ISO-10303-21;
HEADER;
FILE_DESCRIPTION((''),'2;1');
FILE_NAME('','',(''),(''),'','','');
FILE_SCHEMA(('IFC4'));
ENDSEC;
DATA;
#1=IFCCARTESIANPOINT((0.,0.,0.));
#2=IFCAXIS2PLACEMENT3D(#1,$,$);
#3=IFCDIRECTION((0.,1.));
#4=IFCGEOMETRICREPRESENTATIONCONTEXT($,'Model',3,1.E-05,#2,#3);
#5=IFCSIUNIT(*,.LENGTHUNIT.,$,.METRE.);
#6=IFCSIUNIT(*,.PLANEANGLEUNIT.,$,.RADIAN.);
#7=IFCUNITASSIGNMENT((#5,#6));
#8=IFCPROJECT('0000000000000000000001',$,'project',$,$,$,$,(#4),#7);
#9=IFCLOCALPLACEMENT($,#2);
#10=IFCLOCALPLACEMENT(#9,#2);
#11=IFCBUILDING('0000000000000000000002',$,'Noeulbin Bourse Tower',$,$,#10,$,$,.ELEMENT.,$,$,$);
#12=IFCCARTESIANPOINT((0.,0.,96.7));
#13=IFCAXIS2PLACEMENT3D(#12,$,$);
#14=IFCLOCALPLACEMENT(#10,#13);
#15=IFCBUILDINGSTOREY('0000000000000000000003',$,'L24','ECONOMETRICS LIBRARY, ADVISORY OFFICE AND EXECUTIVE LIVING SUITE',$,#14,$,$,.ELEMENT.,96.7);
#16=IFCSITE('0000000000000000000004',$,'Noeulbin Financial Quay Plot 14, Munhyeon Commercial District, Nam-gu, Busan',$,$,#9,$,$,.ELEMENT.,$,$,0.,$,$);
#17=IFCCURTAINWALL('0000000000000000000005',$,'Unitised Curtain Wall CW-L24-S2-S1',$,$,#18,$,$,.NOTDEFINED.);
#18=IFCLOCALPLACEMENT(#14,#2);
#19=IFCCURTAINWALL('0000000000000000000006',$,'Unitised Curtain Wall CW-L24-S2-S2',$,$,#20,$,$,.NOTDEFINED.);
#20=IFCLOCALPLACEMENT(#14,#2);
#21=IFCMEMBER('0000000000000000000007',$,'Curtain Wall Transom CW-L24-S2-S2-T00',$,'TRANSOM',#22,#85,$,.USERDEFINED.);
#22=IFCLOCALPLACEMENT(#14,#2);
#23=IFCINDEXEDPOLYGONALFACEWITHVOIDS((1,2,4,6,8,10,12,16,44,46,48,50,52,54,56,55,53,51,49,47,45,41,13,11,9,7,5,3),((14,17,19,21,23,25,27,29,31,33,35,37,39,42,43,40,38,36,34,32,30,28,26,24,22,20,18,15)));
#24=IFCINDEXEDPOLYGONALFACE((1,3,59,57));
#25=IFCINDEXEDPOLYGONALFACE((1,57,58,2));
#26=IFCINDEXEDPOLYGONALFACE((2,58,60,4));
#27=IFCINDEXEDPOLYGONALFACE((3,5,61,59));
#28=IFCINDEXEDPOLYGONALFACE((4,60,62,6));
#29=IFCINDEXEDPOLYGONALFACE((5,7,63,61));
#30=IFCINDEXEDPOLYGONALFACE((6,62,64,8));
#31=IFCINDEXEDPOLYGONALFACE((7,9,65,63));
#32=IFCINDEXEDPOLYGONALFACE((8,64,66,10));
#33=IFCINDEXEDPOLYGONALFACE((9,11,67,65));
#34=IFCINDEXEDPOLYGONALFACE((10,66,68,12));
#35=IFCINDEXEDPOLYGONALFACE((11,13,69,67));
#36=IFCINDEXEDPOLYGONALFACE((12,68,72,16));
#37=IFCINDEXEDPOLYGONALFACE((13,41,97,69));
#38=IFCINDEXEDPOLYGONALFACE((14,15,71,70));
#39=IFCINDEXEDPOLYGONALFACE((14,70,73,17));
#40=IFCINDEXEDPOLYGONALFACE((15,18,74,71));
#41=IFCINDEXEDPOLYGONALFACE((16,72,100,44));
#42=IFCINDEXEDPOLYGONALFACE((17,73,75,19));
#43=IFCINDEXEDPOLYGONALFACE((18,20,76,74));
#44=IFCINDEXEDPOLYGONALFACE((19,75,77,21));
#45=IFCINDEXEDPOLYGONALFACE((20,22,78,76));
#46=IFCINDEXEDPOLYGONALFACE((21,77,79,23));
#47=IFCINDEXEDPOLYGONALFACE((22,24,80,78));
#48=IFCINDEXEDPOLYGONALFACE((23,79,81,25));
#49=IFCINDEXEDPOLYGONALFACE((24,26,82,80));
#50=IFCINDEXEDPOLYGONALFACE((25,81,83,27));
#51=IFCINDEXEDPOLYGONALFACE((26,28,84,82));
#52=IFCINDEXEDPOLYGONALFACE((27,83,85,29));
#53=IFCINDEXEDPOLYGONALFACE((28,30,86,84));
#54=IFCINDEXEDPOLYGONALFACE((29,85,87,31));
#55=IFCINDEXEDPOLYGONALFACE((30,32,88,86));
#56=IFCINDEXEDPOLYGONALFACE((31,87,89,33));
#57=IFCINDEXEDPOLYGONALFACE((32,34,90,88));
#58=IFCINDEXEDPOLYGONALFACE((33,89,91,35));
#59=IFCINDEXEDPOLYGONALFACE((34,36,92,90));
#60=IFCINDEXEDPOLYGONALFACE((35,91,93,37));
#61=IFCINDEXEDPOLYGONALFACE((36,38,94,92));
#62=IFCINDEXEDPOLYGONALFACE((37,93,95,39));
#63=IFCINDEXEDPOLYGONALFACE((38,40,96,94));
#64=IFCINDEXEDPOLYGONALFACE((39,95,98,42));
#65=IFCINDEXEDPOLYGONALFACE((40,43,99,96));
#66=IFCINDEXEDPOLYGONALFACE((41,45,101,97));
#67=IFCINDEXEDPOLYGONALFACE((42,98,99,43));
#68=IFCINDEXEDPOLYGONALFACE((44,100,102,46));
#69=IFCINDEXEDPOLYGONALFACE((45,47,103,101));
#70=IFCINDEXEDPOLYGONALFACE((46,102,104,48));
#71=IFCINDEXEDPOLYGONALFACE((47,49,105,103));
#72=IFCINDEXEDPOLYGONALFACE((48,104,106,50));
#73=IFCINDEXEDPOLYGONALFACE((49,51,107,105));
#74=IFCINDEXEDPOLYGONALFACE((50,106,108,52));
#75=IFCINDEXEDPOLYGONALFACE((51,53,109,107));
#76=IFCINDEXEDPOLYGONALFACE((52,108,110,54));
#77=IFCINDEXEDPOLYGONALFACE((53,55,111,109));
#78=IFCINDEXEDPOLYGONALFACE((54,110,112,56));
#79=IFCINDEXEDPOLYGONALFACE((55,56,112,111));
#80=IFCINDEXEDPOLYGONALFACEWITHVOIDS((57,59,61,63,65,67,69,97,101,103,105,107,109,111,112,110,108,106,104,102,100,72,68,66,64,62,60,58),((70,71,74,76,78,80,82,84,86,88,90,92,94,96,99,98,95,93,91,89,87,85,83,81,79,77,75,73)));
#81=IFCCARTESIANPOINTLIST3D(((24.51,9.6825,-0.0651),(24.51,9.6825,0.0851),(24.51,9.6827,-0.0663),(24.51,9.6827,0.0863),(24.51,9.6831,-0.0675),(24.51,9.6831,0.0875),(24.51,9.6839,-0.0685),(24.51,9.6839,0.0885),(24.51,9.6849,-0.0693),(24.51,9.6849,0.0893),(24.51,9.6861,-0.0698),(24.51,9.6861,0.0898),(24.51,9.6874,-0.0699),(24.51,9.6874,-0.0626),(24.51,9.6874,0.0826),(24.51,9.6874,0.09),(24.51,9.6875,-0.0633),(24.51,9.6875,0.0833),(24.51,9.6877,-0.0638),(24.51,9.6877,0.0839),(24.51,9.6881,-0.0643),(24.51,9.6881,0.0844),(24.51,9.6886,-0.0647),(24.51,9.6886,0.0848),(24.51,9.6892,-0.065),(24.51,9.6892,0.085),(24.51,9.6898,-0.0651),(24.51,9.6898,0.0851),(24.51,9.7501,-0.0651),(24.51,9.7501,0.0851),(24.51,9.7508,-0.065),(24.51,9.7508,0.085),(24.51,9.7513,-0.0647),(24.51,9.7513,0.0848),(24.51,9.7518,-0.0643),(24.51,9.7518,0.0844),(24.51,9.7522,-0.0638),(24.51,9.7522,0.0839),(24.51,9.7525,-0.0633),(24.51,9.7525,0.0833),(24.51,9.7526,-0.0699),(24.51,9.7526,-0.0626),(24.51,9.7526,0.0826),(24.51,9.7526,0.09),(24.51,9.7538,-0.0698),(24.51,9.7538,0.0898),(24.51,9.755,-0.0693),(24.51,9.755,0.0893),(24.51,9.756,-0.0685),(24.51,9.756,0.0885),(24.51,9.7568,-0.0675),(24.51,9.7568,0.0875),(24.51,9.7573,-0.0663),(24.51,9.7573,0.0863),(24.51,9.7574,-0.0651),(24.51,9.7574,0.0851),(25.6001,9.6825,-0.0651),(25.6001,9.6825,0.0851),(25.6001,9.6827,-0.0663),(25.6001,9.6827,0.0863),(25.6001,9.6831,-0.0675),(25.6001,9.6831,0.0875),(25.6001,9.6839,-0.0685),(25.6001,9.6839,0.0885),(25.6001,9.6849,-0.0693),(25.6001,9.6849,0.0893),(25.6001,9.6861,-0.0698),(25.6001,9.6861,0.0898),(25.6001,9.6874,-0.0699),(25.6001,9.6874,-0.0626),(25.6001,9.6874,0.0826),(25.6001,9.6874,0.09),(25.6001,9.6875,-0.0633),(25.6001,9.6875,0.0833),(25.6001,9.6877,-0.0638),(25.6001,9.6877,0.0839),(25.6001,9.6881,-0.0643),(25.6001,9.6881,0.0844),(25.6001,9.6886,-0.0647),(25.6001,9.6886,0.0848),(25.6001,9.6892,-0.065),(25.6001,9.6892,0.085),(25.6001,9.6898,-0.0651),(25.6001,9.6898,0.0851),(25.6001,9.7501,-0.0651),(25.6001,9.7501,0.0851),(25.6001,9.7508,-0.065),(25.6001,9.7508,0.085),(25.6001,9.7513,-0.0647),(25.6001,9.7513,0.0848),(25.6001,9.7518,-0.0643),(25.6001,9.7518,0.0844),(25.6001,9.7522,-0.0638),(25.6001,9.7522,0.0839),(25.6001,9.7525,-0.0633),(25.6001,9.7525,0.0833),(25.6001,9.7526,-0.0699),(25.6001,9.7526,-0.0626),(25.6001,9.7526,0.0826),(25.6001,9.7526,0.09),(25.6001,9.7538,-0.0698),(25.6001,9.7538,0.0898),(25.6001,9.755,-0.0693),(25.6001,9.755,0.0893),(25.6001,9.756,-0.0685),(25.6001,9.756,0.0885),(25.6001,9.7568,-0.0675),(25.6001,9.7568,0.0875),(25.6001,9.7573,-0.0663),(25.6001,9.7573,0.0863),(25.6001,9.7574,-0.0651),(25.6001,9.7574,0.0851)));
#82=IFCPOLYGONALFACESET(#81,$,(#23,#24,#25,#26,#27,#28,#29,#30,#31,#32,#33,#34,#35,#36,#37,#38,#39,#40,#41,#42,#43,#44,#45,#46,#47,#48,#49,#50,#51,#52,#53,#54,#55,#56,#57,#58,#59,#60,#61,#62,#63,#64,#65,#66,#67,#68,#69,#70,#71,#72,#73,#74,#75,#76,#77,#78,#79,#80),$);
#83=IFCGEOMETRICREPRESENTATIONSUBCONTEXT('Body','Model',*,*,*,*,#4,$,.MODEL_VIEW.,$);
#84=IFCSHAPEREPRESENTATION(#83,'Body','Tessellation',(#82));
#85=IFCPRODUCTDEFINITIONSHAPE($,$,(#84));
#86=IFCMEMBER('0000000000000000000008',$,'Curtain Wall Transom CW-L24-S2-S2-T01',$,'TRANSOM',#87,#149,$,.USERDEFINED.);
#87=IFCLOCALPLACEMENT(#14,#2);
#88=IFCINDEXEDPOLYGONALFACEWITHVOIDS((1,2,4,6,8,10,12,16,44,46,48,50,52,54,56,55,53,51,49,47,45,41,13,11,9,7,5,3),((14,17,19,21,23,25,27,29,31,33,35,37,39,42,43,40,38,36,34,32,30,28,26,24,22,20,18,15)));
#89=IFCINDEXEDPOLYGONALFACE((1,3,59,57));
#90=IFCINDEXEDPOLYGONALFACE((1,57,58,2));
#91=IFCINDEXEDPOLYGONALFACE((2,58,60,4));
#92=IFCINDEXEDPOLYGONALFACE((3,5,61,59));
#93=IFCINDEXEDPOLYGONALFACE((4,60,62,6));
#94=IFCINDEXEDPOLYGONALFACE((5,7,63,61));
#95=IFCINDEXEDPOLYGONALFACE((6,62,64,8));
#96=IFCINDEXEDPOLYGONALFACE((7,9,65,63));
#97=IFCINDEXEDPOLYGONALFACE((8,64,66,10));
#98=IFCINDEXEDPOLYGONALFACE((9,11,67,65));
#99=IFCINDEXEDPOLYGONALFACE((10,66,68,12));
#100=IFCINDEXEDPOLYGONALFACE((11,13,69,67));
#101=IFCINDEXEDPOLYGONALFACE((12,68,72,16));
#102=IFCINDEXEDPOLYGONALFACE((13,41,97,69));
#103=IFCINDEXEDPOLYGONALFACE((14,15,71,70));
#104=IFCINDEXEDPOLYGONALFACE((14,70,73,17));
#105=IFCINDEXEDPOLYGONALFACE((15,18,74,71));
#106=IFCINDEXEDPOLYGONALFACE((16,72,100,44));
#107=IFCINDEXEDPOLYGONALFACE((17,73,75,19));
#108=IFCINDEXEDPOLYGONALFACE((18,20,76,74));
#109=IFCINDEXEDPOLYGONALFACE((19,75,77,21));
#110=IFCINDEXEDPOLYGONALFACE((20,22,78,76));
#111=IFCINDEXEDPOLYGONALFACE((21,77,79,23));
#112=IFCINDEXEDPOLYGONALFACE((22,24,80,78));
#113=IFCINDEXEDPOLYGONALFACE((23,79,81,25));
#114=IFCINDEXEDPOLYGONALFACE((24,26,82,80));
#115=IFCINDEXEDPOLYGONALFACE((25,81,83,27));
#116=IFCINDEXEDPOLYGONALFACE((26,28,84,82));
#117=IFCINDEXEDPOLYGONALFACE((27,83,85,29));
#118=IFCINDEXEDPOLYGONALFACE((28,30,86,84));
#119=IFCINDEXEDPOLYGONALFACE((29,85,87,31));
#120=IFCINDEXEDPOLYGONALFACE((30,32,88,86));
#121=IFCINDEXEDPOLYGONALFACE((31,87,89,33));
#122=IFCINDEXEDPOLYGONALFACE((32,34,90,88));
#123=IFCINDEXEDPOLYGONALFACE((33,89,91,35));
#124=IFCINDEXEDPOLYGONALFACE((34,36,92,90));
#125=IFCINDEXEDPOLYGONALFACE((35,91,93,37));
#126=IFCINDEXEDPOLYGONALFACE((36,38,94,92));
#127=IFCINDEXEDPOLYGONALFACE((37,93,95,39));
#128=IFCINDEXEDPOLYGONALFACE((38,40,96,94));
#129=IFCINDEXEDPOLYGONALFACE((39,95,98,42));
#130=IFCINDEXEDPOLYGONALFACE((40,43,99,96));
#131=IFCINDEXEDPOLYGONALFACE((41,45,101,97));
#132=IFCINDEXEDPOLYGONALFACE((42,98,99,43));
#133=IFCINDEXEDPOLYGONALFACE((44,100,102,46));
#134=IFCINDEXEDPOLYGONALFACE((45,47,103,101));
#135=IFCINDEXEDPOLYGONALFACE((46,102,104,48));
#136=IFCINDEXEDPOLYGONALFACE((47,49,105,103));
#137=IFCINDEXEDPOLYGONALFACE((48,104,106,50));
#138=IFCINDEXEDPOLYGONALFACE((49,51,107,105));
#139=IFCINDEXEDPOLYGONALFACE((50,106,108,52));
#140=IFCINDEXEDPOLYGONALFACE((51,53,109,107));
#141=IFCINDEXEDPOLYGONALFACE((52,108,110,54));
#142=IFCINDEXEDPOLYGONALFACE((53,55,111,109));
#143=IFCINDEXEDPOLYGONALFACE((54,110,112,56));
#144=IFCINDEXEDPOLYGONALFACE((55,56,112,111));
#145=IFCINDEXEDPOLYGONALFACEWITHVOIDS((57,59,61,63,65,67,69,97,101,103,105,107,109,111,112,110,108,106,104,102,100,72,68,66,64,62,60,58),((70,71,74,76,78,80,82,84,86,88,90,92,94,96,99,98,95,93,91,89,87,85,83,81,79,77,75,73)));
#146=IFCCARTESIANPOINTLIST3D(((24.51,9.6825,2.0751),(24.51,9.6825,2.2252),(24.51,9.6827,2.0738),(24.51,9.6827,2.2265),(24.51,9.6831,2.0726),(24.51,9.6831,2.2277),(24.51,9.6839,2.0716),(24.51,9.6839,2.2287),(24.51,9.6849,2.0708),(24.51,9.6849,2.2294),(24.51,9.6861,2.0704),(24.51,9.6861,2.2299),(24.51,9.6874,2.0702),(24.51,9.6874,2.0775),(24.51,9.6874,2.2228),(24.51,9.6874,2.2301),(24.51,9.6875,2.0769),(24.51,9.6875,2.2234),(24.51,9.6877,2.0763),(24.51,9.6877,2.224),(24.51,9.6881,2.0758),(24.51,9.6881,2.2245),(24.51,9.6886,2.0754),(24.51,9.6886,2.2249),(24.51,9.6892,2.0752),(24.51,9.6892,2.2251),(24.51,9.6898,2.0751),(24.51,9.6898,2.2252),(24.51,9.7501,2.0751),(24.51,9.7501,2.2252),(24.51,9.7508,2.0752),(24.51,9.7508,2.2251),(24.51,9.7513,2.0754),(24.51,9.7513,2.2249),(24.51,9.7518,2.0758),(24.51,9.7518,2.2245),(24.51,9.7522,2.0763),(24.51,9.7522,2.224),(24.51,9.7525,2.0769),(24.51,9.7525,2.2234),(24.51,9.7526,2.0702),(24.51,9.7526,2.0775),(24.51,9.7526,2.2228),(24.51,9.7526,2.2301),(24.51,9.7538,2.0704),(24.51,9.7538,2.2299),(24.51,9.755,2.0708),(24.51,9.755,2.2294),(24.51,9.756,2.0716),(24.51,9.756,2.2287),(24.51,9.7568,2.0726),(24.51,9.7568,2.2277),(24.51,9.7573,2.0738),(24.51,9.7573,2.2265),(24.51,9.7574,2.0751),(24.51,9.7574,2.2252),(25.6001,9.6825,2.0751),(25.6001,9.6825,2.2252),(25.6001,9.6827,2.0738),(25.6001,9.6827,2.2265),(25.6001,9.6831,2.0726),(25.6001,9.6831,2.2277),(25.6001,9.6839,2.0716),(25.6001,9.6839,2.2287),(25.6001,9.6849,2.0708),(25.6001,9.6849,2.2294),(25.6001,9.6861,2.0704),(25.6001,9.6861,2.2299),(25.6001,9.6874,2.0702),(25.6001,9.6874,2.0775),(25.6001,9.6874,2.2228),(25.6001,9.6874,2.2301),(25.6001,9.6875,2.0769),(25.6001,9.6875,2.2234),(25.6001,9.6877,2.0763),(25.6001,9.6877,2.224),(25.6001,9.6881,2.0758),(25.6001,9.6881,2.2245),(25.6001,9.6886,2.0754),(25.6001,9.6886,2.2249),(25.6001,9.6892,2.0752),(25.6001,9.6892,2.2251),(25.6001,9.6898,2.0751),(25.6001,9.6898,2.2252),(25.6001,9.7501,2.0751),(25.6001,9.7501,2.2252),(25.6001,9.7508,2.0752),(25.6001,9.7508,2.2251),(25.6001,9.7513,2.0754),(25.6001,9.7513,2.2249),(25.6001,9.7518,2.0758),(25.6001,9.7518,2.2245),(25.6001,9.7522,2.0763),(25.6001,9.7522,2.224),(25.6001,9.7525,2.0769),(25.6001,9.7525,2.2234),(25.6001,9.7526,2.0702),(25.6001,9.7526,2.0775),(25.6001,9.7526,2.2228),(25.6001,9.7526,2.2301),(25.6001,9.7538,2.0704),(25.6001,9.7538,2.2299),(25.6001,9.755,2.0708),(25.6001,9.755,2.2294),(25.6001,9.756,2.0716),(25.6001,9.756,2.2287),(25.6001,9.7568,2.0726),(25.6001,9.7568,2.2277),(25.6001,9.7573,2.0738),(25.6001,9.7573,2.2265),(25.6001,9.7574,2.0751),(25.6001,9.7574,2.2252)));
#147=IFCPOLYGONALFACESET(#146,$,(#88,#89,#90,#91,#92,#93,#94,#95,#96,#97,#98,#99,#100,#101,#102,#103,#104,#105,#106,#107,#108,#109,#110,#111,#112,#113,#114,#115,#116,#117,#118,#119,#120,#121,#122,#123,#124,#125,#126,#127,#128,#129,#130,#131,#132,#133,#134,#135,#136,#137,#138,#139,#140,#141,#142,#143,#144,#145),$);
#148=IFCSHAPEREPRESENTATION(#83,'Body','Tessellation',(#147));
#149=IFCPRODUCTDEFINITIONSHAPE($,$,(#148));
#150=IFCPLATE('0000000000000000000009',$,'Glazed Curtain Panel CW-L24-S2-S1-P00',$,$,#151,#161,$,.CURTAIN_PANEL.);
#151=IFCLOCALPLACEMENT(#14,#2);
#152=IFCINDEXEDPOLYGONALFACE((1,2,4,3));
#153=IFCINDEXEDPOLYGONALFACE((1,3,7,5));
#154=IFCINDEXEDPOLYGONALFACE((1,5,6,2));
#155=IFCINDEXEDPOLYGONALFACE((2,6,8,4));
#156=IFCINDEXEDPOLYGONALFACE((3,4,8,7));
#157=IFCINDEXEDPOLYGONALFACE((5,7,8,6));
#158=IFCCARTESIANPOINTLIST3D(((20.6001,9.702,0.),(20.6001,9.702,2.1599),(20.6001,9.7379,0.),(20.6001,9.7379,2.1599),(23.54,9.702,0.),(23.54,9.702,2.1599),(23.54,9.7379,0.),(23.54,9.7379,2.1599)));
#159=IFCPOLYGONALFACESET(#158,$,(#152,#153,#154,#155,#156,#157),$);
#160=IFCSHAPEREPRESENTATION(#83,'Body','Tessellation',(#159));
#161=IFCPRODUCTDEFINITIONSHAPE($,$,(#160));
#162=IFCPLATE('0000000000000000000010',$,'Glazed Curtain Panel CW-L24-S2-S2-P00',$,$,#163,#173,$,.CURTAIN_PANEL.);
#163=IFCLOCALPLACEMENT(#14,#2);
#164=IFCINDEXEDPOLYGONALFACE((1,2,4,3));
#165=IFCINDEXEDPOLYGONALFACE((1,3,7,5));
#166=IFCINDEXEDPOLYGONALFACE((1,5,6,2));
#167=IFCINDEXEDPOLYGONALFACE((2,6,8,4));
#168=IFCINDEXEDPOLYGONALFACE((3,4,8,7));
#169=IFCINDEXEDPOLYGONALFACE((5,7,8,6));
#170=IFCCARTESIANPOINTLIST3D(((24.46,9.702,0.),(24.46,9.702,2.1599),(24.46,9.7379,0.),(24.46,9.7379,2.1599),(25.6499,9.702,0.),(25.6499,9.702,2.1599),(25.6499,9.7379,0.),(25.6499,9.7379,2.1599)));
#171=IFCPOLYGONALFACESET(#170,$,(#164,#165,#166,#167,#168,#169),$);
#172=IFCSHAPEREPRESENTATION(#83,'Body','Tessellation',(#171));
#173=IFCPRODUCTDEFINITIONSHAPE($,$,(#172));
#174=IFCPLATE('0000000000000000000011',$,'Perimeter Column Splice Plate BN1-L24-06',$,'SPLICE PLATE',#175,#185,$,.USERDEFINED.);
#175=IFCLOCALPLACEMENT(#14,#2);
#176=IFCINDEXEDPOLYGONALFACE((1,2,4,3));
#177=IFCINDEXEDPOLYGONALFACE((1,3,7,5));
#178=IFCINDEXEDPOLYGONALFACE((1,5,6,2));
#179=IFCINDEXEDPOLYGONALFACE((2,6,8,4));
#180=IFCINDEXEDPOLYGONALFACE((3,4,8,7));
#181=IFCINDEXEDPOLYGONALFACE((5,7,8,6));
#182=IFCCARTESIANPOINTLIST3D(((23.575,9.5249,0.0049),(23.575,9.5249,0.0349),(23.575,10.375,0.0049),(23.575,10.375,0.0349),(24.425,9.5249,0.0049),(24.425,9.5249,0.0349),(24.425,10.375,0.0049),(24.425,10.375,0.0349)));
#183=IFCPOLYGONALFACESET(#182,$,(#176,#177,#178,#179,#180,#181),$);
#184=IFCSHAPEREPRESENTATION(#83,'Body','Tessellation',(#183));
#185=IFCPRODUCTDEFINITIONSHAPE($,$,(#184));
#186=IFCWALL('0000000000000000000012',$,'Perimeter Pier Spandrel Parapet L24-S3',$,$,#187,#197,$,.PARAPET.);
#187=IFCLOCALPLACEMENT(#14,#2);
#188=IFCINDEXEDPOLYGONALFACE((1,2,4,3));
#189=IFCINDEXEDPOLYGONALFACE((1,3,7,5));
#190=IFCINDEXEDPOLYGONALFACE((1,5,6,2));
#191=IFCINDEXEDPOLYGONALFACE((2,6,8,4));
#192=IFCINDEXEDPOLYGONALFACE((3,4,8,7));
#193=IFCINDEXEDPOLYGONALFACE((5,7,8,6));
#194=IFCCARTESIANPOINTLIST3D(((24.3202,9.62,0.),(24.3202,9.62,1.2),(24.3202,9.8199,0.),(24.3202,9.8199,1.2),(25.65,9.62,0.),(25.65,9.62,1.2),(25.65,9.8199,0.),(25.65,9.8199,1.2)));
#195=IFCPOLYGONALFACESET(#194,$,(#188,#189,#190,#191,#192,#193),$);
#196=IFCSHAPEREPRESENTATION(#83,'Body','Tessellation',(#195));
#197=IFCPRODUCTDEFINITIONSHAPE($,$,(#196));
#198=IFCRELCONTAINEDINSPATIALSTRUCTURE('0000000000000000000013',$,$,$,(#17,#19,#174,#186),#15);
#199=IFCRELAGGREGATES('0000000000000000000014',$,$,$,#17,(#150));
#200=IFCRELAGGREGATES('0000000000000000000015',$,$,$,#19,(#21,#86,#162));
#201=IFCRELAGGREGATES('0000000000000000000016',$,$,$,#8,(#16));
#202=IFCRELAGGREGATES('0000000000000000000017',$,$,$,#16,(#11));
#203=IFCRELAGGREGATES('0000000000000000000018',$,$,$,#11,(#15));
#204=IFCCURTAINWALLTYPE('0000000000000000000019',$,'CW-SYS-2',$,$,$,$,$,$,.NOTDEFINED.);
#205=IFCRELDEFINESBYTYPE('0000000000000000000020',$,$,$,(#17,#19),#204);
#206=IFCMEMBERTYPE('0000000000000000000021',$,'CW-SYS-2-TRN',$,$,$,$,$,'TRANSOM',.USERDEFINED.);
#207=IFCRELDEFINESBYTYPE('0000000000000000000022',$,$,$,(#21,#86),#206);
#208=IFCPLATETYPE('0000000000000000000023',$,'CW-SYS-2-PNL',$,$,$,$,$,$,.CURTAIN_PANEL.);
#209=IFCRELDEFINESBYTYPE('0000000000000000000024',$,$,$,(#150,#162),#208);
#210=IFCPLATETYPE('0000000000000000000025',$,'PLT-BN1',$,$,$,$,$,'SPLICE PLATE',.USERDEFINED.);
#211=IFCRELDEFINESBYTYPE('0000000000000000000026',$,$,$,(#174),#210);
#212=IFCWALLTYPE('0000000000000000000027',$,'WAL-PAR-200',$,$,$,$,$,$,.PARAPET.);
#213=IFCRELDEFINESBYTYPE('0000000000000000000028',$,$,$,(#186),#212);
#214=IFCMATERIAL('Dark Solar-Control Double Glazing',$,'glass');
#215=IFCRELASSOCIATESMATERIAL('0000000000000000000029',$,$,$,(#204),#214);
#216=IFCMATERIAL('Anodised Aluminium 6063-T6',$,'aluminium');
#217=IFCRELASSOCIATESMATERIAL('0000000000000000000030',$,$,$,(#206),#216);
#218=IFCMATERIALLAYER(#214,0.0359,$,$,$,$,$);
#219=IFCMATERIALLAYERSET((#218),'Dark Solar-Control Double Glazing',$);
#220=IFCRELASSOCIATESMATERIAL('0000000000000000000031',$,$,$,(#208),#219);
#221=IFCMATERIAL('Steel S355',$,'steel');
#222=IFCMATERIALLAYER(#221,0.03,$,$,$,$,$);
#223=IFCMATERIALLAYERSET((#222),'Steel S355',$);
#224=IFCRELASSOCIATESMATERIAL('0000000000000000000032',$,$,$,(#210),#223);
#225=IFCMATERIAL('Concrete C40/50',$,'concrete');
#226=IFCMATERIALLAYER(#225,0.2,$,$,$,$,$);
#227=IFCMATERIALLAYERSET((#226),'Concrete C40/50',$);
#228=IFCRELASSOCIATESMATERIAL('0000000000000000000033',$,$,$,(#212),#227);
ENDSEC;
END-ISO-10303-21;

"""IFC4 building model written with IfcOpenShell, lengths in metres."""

from ifc_helpers import new_model, si_unit, direction, frame, frame_2d, origin, origin_2d, place, context, subcontext, project, spatial, rectangle, hollow_rectangle, extrude, material, layer, layer_set, material_profile, profile_set, type_object, element, aggregate, save


model = new_model("IFC4")

# Units and contexts
model_context = context("Model", 3, precision=1e-05, world=origin(), true_north=direction((0.0, 1.0)))
body_context = subcontext(model_context, "Body", "Model", "MODEL_VIEW")
ifc_project = project(units=[si_unit("LENGTHUNIT", "METRE"), si_unit("PLANEANGLEUNIT", "RADIAN")], contexts=[model_context])

# Site, building, storey
site_placement = place(None, origin())
site = spatial("IfcSite", under=ifc_project, at=site_placement, Name="Noeulbin Financial Quay Plot 14, Munhyeon Commercial District, Nam-gu, Busan", CompositionType="ELEMENT", RefElevation=0.0)
building_placement = place(site_placement, origin())
building = spatial("IfcBuilding", under=site, at=building_placement, Name="Noeulbin Bourse Tower", CompositionType="ELEMENT")
storey_placement = place(building_placement, frame((0.0, 0.0, 96.7)))
storey = spatial("IfcBuildingStorey", under=building, at=storey_placement, Name="L24", Description="ECONOMETRICS LIBRARY, ADVISORY OFFICE AND EXECUTIVE LIVING SUITE", CompositionType="ELEMENT", Elevation=96.7)

# Shared definitions
ifc_material_1 = material(Name="Steel S355", Category="steel")

# Curtain walls
ifc_material_2 = material(Name="Dark Solar-Control Double Glazing", Category="glass")
curtain_wall_type = type_object("IfcCurtainWallType", Name="CW-SYS-2", PredefinedType="NOTDEFINED", material=ifc_material_2)
curtain_wall_1_placement = place(storey_placement, origin())
curtain_wall_1 = element("IfcCurtainWall", 1, at=curtain_wall_1_placement, inside=storey, type_object=curtain_wall_type, Name="Unitised Curtain Wall CW-L24-S2-S1", PredefinedType="NOTDEFINED")
ifc_material_3 = material(Name="Anodised Aluminium 6063-T6", Category="aluminium")
curtain_wall_2_placement = place(storey_placement, origin())
curtain_wall_2 = element("IfcCurtainWall", 2, at=curtain_wall_2_placement, inside=storey, type_object=curtain_wall_type, Name="Unitised Curtain Wall CW-L24-S2-S2", PredefinedType="NOTDEFINED")

# Members
ifc_material_profile_1 = material_profile(ifc_material_3, hollow_rectangle(XDim=0.075, YDim=0.1599, WallThickness=0.0049, InnerFilletRadius=0.0024, OuterFilletRadius=0.0049, at=origin_2d()), Name="ALU-TRAN-75x160x5", Category="LoadBearing")
ifc_profile_set_1 = profile_set([ifc_material_profile_1], Name="Anodised Aluminium 6063-T6")
member_type_1 = type_object("IfcMemberType", Name="CW-SYS-2-TRN", ElementType="TRANSOM", PredefinedType="USERDEFINED", material=ifc_profile_set_1)
member_1_placement = place(storey_placement, frame((24.51, 9.72, 0.01), z_axis=(1.0, 0.0, 0.0), x_axis=(0.0, 1.0, 0.0)))
member_1 = element("IfcMember", 3, at=member_1_placement, type_object=member_type_1, Name="Curtain Wall Transom CW-L24-S2-S2-T00", ObjectType="TRANSOM", PredefinedType="USERDEFINED", context=body_context, shape_type="SweptSolid", body=[
    extrude(hollow_rectangle(XDim=0.075, YDim=0.1599, WallThickness=0.0049, InnerFilletRadius=0.0024, OuterFilletRadius=0.0049, at=origin_2d()), origin(), (0.0, 0.0, 1.0), 1.0901),
])
member_2_placement = place(storey_placement, frame((24.51, 9.72, 2.1501), z_axis=(1.0, 0.0, 0.0), x_axis=(0.0, 1.0, 0.0)))
member_2 = element("IfcMember", 4, at=member_2_placement, type_object=member_type_1, Name="Curtain Wall Transom CW-L24-S2-S2-T01", ObjectType="TRANSOM", PredefinedType="USERDEFINED", context=body_context, shape_type="SweptSolid", body=[
    extrude(hollow_rectangle(XDim=0.075, YDim=0.1599, WallThickness=0.0049, InnerFilletRadius=0.0024, OuterFilletRadius=0.0049, at=origin_2d()), origin(), (0.0, 0.0, 1.0), 1.0901),
])

# Plates
ifc_layer_1 = layer(ifc_material_2, 0.0359)
ifc_layer_set_1 = layer_set([ifc_layer_1], Name="Dark Solar-Control Double Glazing")
plate_type_1 = type_object("IfcPlateType", Name="CW-SYS-2-PNL", PredefinedType="CURTAIN_PANEL", material=ifc_layer_set_1)
plate_1_placement = place(storey_placement, frame((22.0701, 9.72, 0.0), z_axis=(0.0, 0.0, 1.0), x_axis=(1.0, 0.0, 0.0)))
plate_1 = element("IfcPlate", 5, at=plate_1_placement, type_object=plate_type_1, Name="Glazed Curtain Panel CW-L24-S2-S1-P00", PredefinedType="CURTAIN_PANEL", context=body_context, shape_type="SweptSolid", body=[
    extrude(rectangle(XDim=2.9399, YDim=0.0359, at=origin_2d()), origin(), (0.0, 0.0, 1.0), 2.1599),
])
aggregate(curtain_wall_1, [plate_1])
plate_2_placement = place(storey_placement, frame((25.0549, 9.72, 0.0), z_axis=(0.0, 0.0, 1.0), x_axis=(1.0, 0.0, 0.0)))
plate_2 = element("IfcPlate", 6, at=plate_2_placement, type_object=plate_type_1, Name="Glazed Curtain Panel CW-L24-S2-S2-P00", PredefinedType="CURTAIN_PANEL", context=body_context, shape_type="SweptSolid", body=[
    extrude(rectangle(XDim=1.1899, YDim=0.0359, at=origin_2d()), origin(), (0.0, 0.0, 1.0), 2.1599),
])
aggregate(curtain_wall_2, [member_1, member_2, plate_2])
ifc_layer_2 = layer(ifc_material_1, 0.03)
ifc_layer_set_2 = layer_set([ifc_layer_2], Name="Steel S355")
plate_type_2 = type_object("IfcPlateType", Name="PLT-BN1", ElementType="SPLICE PLATE", PredefinedType="USERDEFINED", material=ifc_layer_set_2)
plate_3_placement = place(storey_placement, frame((24.0, 9.95, 0.0049), z_axis=(0.0, 0.0, 1.0), x_axis=(1.0, 0.0, 0.0)))
element("IfcPlate", 7, at=plate_3_placement, inside=storey, type_object=plate_type_2, Name="Perimeter Column Splice Plate BN1-L24-06", ObjectType="SPLICE PLATE", PredefinedType="USERDEFINED", context=body_context, shape_type="SweptSolid", body=[
    extrude(rectangle(XDim=0.8501, YDim=0.8501, at=origin_2d()), origin(), (0.0, 0.0, 1.0), 0.03),
])

# Wall
ifc_material_4 = material(Name="Concrete C40/50", Category="concrete")
ifc_layer_3 = layer(ifc_material_4, 0.2)
ifc_layer_set_3 = layer_set([ifc_layer_3], Name="Concrete C40/50")
wall_type = type_object("IfcWallType", Name="WAL-PAR-200", PredefinedType="PARAPET", material=ifc_layer_set_3)
wall_1_placement = place(storey_placement, frame((24.3201, 9.72, 0.0), z_axis=(0.0, 0.0, 1.0), x_axis=(1.0, 0.0, 0.0)))
element("IfcWall", 8, at=wall_1_placement, inside=storey, type_object=wall_type, Name="Perimeter Pier Spandrel Parapet L24-S3", PredefinedType="PARAPET", context=body_context, shape_type="SweptSolid", body=[
    extrude(rectangle(XDim=1.3298, YDim=0.2, at=frame_2d((0.665, 0.0))), origin(), (0.0, 0.0, 1.0), 1.2),
])

save(model, "model.ifc")
